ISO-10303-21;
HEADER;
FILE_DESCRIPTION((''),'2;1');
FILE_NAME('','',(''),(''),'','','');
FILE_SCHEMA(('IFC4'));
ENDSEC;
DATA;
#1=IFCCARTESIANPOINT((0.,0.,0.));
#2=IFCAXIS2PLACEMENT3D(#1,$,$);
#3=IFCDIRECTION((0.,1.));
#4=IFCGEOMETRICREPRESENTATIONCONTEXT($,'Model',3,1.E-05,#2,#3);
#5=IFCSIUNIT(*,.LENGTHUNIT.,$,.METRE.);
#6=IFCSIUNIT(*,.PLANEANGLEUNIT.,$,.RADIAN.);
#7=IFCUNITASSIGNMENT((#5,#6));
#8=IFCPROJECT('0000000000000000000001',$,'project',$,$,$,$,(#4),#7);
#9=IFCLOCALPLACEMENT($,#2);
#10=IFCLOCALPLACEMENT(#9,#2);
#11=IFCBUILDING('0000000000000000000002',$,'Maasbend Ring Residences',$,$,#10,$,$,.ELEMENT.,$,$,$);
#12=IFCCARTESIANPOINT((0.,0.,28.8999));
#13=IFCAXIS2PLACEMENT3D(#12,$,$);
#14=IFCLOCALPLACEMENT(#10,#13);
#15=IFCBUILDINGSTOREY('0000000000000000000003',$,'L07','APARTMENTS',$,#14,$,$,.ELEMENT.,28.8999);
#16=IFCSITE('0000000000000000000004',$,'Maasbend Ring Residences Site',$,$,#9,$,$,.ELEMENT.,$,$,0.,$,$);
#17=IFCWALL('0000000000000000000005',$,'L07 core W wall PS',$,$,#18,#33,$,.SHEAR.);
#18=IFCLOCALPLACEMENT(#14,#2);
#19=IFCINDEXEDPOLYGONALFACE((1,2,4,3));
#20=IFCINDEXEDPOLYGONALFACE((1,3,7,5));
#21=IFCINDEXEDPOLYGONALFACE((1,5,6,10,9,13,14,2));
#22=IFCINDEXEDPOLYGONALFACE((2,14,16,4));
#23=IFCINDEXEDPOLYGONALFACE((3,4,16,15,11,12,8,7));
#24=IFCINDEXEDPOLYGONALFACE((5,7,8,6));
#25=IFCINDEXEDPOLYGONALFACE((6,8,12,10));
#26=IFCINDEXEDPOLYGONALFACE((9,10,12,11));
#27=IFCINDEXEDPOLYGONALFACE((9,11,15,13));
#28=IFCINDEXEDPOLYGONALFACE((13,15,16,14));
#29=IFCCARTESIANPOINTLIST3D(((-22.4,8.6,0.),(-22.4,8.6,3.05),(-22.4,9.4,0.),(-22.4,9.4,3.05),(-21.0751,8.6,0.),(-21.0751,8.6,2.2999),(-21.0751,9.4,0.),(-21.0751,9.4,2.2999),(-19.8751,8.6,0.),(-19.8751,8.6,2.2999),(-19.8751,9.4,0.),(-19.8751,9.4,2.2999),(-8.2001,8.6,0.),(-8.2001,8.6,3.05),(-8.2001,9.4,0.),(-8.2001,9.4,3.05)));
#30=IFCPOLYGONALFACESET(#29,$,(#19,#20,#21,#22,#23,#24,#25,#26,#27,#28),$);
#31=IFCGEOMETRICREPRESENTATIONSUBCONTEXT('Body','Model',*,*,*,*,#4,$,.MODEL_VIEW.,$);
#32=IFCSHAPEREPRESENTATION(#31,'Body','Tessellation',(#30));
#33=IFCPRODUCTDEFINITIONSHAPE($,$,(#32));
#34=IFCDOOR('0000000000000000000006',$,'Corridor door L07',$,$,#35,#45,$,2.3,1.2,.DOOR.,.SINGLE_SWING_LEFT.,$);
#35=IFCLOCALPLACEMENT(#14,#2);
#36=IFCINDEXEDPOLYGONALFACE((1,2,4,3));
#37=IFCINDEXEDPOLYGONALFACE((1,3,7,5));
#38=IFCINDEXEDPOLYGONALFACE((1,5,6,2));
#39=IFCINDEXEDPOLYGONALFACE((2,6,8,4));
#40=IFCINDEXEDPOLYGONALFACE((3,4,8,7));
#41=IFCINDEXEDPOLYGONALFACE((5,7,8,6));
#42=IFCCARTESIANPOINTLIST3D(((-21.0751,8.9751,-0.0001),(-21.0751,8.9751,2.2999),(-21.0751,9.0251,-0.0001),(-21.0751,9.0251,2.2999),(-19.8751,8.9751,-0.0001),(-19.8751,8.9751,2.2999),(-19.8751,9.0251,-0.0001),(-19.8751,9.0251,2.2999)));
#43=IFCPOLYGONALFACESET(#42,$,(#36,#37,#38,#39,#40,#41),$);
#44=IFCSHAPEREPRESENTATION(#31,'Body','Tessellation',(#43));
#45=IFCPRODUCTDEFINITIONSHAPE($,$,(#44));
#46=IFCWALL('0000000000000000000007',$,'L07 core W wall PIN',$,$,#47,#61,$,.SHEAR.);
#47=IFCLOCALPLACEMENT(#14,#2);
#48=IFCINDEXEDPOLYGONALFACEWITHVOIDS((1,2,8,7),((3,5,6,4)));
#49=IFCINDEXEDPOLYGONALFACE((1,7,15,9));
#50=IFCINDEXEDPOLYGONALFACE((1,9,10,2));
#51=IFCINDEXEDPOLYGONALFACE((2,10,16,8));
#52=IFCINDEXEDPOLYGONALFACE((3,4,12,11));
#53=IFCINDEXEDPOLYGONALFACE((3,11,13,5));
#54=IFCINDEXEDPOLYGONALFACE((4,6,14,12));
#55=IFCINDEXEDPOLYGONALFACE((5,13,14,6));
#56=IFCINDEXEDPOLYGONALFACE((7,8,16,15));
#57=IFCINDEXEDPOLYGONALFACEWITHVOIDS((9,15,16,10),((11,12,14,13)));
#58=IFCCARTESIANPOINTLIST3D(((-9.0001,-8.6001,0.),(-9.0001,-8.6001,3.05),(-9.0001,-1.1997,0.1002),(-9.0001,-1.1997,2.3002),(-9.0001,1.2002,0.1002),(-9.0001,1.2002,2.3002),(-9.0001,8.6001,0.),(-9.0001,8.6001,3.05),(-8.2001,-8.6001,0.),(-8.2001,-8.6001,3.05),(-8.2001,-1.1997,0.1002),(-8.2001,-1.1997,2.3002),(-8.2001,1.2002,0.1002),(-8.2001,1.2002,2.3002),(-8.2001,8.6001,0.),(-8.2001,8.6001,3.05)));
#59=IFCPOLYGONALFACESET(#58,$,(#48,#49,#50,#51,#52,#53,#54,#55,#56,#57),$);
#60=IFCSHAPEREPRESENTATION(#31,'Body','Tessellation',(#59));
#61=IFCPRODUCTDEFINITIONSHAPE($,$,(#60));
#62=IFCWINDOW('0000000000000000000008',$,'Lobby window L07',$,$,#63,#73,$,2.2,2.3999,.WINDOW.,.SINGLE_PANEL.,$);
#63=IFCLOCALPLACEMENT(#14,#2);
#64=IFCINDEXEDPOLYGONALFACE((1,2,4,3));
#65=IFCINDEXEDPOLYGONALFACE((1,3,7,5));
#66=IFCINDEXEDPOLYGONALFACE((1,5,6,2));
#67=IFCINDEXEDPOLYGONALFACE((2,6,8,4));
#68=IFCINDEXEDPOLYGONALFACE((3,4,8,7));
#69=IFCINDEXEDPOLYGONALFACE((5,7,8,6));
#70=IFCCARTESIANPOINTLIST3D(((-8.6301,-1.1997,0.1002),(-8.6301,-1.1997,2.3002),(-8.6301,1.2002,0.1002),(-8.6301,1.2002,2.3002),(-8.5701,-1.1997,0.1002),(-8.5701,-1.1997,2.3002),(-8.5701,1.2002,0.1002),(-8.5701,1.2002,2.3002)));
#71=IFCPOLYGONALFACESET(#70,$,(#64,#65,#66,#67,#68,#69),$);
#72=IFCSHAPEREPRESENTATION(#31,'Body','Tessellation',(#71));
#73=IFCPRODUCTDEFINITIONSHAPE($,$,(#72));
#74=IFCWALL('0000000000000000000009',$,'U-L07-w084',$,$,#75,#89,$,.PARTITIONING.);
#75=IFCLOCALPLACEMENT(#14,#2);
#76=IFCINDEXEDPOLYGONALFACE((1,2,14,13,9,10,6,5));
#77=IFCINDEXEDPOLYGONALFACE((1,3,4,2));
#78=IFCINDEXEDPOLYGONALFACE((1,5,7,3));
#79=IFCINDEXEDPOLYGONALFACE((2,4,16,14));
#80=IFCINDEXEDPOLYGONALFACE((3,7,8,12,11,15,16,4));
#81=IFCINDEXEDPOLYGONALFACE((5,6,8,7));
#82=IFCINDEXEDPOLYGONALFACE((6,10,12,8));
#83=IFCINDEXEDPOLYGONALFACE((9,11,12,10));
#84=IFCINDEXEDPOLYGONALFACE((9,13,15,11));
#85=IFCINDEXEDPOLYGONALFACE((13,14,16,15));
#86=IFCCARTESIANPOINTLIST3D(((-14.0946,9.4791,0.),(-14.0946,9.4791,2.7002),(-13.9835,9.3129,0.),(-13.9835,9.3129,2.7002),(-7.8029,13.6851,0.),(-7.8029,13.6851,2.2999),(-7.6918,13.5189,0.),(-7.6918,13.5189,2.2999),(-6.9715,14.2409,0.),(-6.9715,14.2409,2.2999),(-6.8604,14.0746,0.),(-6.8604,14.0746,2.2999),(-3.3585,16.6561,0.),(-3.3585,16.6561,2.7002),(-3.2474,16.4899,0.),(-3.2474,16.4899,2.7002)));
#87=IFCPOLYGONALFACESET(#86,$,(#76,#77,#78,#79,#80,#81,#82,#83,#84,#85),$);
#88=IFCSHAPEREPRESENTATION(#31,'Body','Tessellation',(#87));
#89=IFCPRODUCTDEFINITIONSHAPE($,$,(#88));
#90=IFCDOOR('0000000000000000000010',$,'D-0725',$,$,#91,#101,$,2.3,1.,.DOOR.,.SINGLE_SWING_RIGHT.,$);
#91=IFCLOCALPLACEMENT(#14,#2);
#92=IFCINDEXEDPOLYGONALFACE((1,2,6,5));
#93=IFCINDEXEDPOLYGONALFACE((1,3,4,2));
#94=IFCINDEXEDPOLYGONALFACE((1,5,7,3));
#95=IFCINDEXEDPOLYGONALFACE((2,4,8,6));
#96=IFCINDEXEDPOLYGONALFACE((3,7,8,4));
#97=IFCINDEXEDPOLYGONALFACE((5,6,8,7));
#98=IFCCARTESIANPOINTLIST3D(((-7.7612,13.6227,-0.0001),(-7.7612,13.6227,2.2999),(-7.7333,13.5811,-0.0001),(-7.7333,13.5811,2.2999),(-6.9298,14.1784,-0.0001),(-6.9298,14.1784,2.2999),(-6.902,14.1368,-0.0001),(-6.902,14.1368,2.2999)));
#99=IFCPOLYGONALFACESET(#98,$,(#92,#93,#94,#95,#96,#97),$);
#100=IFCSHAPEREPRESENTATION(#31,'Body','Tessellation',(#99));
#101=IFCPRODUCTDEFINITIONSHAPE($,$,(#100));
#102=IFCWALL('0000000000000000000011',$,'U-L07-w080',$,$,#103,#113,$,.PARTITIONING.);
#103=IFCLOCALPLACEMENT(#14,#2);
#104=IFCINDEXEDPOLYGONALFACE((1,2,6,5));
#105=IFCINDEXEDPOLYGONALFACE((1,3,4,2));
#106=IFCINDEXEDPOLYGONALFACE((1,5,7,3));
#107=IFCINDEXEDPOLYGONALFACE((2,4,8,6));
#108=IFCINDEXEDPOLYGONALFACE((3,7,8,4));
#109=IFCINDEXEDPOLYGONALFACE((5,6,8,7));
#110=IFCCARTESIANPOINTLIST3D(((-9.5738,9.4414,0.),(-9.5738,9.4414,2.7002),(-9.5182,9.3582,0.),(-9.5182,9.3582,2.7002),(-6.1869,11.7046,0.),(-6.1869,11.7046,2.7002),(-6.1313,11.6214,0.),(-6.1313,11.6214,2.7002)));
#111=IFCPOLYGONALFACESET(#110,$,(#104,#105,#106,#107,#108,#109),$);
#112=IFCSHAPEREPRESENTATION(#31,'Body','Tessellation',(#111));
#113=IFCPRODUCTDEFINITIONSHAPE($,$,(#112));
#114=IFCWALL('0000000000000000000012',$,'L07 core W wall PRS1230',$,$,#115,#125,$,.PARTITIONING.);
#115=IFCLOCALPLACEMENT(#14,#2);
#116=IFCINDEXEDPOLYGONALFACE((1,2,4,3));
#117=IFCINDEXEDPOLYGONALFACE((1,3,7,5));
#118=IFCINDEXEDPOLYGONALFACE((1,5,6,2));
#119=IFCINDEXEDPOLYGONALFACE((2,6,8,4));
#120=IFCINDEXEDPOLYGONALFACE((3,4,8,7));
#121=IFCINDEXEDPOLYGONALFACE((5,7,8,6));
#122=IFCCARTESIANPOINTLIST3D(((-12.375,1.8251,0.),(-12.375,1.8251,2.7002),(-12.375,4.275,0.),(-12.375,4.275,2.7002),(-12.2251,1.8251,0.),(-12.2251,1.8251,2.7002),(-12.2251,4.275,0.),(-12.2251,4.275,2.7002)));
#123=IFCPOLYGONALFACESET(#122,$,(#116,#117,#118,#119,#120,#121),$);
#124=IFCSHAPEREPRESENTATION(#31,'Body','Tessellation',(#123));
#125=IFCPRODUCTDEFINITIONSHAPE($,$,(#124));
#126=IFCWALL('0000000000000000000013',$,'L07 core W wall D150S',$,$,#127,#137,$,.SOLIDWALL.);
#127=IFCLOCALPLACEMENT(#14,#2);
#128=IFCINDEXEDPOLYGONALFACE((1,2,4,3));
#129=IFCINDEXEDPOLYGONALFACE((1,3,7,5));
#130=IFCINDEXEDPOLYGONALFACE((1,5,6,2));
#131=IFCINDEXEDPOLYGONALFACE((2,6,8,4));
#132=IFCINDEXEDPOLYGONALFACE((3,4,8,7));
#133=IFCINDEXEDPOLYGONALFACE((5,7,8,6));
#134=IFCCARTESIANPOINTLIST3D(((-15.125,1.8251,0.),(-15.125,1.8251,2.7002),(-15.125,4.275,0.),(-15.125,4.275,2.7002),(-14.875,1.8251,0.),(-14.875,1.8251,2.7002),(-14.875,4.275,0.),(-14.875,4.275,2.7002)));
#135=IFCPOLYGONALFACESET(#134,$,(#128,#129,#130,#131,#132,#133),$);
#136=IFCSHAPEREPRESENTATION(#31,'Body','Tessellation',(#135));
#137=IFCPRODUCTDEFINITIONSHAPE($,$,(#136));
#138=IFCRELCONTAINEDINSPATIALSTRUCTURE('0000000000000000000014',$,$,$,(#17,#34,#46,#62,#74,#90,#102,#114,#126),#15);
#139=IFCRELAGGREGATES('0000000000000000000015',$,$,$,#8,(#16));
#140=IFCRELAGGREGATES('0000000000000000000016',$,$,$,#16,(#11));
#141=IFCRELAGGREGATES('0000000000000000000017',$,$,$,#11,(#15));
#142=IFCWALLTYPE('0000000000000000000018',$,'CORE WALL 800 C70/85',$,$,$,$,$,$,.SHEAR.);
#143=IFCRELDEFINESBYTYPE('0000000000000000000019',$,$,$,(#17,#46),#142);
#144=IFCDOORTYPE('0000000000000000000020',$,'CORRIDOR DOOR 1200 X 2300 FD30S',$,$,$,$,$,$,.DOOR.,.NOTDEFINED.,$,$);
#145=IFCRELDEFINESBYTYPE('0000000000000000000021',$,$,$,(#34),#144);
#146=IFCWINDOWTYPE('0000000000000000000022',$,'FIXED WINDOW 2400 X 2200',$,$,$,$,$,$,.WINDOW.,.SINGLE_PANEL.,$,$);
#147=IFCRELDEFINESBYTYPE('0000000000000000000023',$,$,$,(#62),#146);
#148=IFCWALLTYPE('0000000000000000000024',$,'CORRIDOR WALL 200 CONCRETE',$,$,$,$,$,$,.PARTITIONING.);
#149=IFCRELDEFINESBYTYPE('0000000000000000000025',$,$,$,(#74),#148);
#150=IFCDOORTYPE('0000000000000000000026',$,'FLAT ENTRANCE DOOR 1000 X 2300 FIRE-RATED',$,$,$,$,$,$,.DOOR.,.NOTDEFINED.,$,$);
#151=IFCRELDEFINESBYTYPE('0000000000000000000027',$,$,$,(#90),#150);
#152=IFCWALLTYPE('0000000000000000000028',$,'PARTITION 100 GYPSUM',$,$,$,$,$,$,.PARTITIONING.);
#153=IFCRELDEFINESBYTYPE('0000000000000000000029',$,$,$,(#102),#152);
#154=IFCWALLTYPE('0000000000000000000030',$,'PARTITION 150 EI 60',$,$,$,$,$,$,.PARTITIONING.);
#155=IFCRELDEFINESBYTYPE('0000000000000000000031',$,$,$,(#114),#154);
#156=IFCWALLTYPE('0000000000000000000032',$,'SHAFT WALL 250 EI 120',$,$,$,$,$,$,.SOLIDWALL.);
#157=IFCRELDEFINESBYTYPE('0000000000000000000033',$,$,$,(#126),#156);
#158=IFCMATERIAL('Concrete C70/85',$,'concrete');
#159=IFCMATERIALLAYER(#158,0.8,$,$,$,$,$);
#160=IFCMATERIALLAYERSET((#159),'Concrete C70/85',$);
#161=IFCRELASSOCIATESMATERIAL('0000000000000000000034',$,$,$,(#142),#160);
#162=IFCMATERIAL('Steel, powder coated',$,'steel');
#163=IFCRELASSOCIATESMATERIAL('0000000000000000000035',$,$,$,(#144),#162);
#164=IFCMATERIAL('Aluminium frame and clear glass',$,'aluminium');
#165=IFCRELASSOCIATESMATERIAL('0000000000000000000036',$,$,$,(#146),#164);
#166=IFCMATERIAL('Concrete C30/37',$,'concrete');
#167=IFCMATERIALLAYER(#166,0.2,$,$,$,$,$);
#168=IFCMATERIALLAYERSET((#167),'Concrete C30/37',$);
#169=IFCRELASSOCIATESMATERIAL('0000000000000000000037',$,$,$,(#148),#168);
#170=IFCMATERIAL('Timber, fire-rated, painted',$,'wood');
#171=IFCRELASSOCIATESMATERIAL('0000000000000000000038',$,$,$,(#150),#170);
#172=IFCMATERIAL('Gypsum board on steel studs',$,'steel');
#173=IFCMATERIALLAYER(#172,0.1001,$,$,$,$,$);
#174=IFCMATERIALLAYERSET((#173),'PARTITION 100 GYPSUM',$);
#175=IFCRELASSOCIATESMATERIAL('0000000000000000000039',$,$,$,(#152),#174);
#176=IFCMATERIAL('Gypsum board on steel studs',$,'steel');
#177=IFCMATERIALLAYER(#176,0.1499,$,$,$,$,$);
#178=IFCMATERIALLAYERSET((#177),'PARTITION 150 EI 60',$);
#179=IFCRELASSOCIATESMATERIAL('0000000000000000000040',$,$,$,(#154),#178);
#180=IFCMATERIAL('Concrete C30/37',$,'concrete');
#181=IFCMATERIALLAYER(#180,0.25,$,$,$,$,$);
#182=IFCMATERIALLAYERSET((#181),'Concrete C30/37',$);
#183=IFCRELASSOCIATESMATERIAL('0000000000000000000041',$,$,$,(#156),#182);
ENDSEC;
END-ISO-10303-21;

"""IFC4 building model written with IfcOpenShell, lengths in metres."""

from ifc_helpers import new_model, si_unit, direction, frame, frame_2d, origin, place, context, subcontext, project, spatial, rectangle, extrude, material, layer, layer_set, type_object, element, fill, save


model = new_model("IFC4")

# Units and contexts
model_context = context("Model", 3, precision=1e-05, world=origin(), true_north=direction((0.0, 1.0)))
body_context = subcontext(model_context, "Body", "Model", "MODEL_VIEW")
ifc_project = project(units=[si_unit("LENGTHUNIT", "METRE"), si_unit("PLANEANGLEUNIT", "RADIAN")], contexts=[model_context])

# Site, building, storey
site_placement = place(None, origin())
site = spatial("IfcSite", under=ifc_project, at=site_placement, Name="Maasbend Ring Residences Site", CompositionType="ELEMENT", RefElevation=0.0)
building_placement = place(site_placement, origin())
building = spatial("IfcBuilding", under=site, at=building_placement, Name="Maasbend Ring Residences", CompositionType="ELEMENT")
storey_placement = place(building_placement, frame((0.0, 0.0, 28.8999)))
storey = spatial("IfcBuildingStorey", under=building, at=storey_placement, Name="L07", Description="APARTMENTS", CompositionType="ELEMENT", Elevation=28.8999)

# Wall, opening, door
ifc_material_1 = material(Name="Concrete C70/85", Category="concrete")
ifc_layer_1 = layer(ifc_material_1, 0.8)
ifc_layer_set_1 = layer_set([ifc_layer_1], Name="Concrete C70/85")
wall_type_1 = type_object("IfcWallType", Name="CORE WALL 800 C70/85", PredefinedType="SHEAR", material=ifc_layer_set_1)
wall_1_placement = place(storey_placement, frame((-8.2, 9.0, 0.0), z_axis=(0.0, 0.0, 1.0), x_axis=(-1.0, 0.0, 0.0)))
wall_1 = element("IfcWall", 1, at=wall_1_placement, inside=storey, type_object=wall_type_1, Name="L07 core W wall PS", PredefinedType="SHEAR", context=body_context, shape_type="SweptSolid", body=[
    extrude(rectangle(XDim=14.2, YDim=0.8, at=frame_2d((7.1001, 0.0))), origin(), (0.0, 0.0, 1.0), 3.05),
])
opening_1_placement = place(wall_1_placement, frame((11.675, 0.0, 0.0)))
opening_1 = element("IfcOpeningElement", 2, at=opening_1_placement, cuts=wall_1, PredefinedType="OPENING", context=body_context, shape_type="SweptSolid", body=[
    extrude(rectangle(XDim=1.2, YDim=2.3, at=frame_2d((0.6001, 1.1499))), frame((0.0, 0.4102, 0.0), z_axis=(0.0, -1.0, 0.0), x_axis=(1.0, 0.0, 0.0)), (0.0, 0.0, 1.0), 0.8201),
])
ifc_material_2 = material(Name="Steel, powder coated", Category="steel")
door_type_1 = type_object("IfcDoorType", Name="CORRIDOR DOOR 1200 X 2300 FD30S", OperationType="NOTDEFINED", PredefinedType="DOOR", material=ifc_material_2)
door_1_placement = place(opening_1_placement, origin())
door_1 = element("IfcDoor", 3, at=door_1_placement, inside=storey, type_object=door_type_1, Name="Corridor door L07", OperationType="SINGLE_SWING_LEFT", OverallHeight=2.3, OverallWidth=1.2, PredefinedType="DOOR", context=body_context, shape_type="SweptSolid", body=[
    extrude(rectangle(XDim=1.2, YDim=2.3, at=frame_2d((0.6001, 1.1499))), frame((0.0, 0.0249, 0.0), z_axis=(0.0, -1.0, 0.0), x_axis=(1.0, 0.0, 0.0)), (0.0, 0.0, 1.0), 0.05),
])
fill(opening_1, door_1)

# Wall, opening, window
wall_2_placement = place(storey_placement, frame((-8.6001, 8.6001, 0.0), z_axis=(0.0, 0.0, 1.0), x_axis=(0.0, -1.0, 0.0)))
wall_2 = element("IfcWall", 4, at=wall_2_placement, inside=storey, type_object=wall_type_1, Name="L07 core W wall PIN", PredefinedType="SHEAR", context=body_context, shape_type="SweptSolid", body=[
    extrude(rectangle(XDim=17.2002, YDim=0.8, at=frame_2d((8.6001, 0.0))), origin(), (0.0, 0.0, 1.0), 3.05),
])
opening_2_placement = place(wall_2_placement, frame((7.3999, 0.0, 0.1001)))
opening_2 = element("IfcOpeningElement", 5, at=opening_2_placement, cuts=wall_2, PredefinedType="OPENING", context=body_context, shape_type="SweptSolid", body=[
    extrude(rectangle(XDim=2.3999, YDim=2.2, at=frame_2d((1.2, 1.1001))), frame((0.0, 0.4102, 0.0), z_axis=(0.0, -1.0, 0.0), x_axis=(1.0, 0.0, 0.0)), (0.0, 0.0, 1.0), 0.8201),
])
ifc_material_3 = material(Name="Aluminium frame and clear glass", Category="aluminium")
window_type = type_object("IfcWindowType", Name="FIXED WINDOW 2400 X 2200", PartitioningType="SINGLE_PANEL", PredefinedType="WINDOW", material=ifc_material_3)
window_placement = place(opening_2_placement, origin())
window = element("IfcWindow", 6, at=window_placement, inside=storey, type_object=window_type, Name="Lobby window L07", OverallHeight=2.2, OverallWidth=2.3999, PartitioningType="SINGLE_PANEL", PredefinedType="WINDOW", context=body_context, shape_type="SweptSolid", body=[
    extrude(rectangle(XDim=2.3999, YDim=2.2, at=frame_2d((1.2, 1.1001))), frame((0.0, 0.03, 0.0), z_axis=(0.0, -1.0, 0.0), x_axis=(1.0, 0.0, 0.0)), (0.0, 0.0, 1.0), 0.0601),
])
fill(opening_2, window)

# Wall, opening, door
ifc_material_4 = material(Name="Concrete C30/37", Category="concrete")
ifc_layer_2 = layer(ifc_material_4, 0.2)
ifc_layer_set_2 = layer_set([ifc_layer_2], Name="Concrete C30/37")
wall_type_2 = type_object("IfcWallType", Name="CORRIDOR WALL 200 CONCRETE", PredefinedType="PARTITIONING", material=ifc_layer_set_2)
wall_3_placement = place(storey_placement, frame((-14.0391, 9.396, 0.0), z_axis=(0.0, 0.0, 1.0), x_axis=(0.831349, 0.555751, 0.0)))
wall_3 = element("IfcWall", 7, at=wall_3_placement, inside=storey, type_object=wall_type_2, Name="U-L07-w084", PredefinedType="PARTITIONING", context=body_context, shape_type="SweptSolid", body=[
    extrude(rectangle(XDim=12.9141, YDim=0.2, at=frame_2d((6.457, 0.0))), origin(), (0.0, 0.0, 1.0), 2.7002),
])
opening_3_placement = place(wall_3_placement, frame((7.5681, 0.0, 0.0)))
opening_3 = element("IfcOpeningElement", 8, at=opening_3_placement, cuts=wall_3, PredefinedType="OPENING", context=body_context, shape_type="SweptSolid", body=[
    extrude(rectangle(XDim=1.0, YDim=2.3, at=frame_2d((0.5, 1.1499))), frame((0.0, 0.1099, 0.0), z_axis=(0.0, -1.0, 0.0), x_axis=(1.0, 0.0, 0.0)), (0.0, 0.0, 1.0), 0.22),
])
ifc_material_5 = material(Name="Timber, fire-rated, painted", Category="wood")
door_type_2 = type_object("IfcDoorType", Name="FLAT ENTRANCE DOOR 1000 X 2300 FIRE-RATED", OperationType="NOTDEFINED", PredefinedType="DOOR", material=ifc_material_5)
door_2_placement = place(opening_3_placement, origin())
door_2 = element("IfcDoor", 9, at=door_2_placement, inside=storey, type_object=door_type_2, Name="D-0725", OperationType="SINGLE_SWING_RIGHT", OverallHeight=2.3, OverallWidth=1.0, PredefinedType="DOOR", context=body_context, shape_type="SweptSolid", body=[
    extrude(rectangle(XDim=1.0, YDim=2.3, at=frame_2d((0.5, 1.1499))), frame((0.0, 0.0249, 0.0), z_axis=(0.0, -1.0, 0.0), x_axis=(1.0, 0.0, 0.0)), (0.0, 0.0, 1.0), 0.05),
])
fill(opening_3, door_2)

# Walls
ifc_material_6 = material(Name="Gypsum board on steel studs", Category="steel")
ifc_layer_3 = layer(ifc_material_6, 0.1001)
ifc_layer_set_3 = layer_set([ifc_layer_3], Name="PARTITION 100 GYPSUM")
wall_type_3 = type_object("IfcWallType", Name="PARTITION 100 GYPSUM", PredefinedType="PARTITIONING", material=ifc_layer_set_3)
wall_4_placement = place(storey_placement, frame((-9.5459, 9.3999, 0.0), z_axis=(0.0, 0.0, 1.0), x_axis=(0.83146, 0.555585, 0.0)))
element("IfcWall", 10, at=wall_4_placement, inside=storey, type_object=wall_type_3, Name="U-L07-w080", PredefinedType="PARTITIONING", context=body_context, shape_type="SweptSolid", body=[
    extrude(rectangle(XDim=4.0735, YDim=0.1001, at=frame_2d((2.0366, 0.0))), origin(), (0.0, 0.0, 1.0), 2.7002),
])
ifc_material_7 = material(Name="Gypsum board on steel studs", Category="steel")
ifc_layer_4 = layer(ifc_material_7, 0.1499)
ifc_layer_set_4 = layer_set([ifc_layer_4], Name="PARTITION 150 EI 60")
wall_type_4 = type_object("IfcWallType", Name="PARTITION 150 EI 60", PredefinedType="PARTITIONING", material=ifc_layer_set_4)
wall_5_placement = place(storey_placement, frame((-12.3, 1.825, 0.0), z_axis=(0.0, 0.0, 1.0), x_axis=(0.0, 1.0, 0.0)))
element("IfcWall", 11, at=wall_5_placement, inside=storey, type_object=wall_type_4, Name="L07 core W wall PRS1230", PredefinedType="PARTITIONING", context=body_context, shape_type="SweptSolid", body=[
    extrude(rectangle(XDim=2.45, YDim=0.1499, at=frame_2d((1.2251, 0.0))), origin(), (0.0, 0.0, 1.0), 2.7002),
])
ifc_material_8 = material(Name="Concrete C30/37", Category="concrete")
ifc_layer_5 = layer(ifc_material_8, 0.25)
ifc_layer_set_5 = layer_set([ifc_layer_5], Name="Concrete C30/37")
wall_type_5 = type_object("IfcWallType", Name="SHAFT WALL 250 EI 120", PredefinedType="SOLIDWALL", material=ifc_layer_set_5)
wall_6_placement = place(storey_placement, frame((-15.0, 1.825, 0.0), z_axis=(0.0, 0.0, 1.0), x_axis=(0.0, 1.0, 0.0)))
element("IfcWall", 12, at=wall_6_placement, inside=storey, type_object=wall_type_5, Name="L07 core W wall D150S", PredefinedType="SOLIDWALL", context=body_context, shape_type="SweptSolid", body=[
    extrude(rectangle(XDim=2.45, YDim=0.25, at=frame_2d((1.2251, 0.0))), origin(), (0.0, 0.0, 1.0), 2.7002),
])

save(model, "model.ifc")
